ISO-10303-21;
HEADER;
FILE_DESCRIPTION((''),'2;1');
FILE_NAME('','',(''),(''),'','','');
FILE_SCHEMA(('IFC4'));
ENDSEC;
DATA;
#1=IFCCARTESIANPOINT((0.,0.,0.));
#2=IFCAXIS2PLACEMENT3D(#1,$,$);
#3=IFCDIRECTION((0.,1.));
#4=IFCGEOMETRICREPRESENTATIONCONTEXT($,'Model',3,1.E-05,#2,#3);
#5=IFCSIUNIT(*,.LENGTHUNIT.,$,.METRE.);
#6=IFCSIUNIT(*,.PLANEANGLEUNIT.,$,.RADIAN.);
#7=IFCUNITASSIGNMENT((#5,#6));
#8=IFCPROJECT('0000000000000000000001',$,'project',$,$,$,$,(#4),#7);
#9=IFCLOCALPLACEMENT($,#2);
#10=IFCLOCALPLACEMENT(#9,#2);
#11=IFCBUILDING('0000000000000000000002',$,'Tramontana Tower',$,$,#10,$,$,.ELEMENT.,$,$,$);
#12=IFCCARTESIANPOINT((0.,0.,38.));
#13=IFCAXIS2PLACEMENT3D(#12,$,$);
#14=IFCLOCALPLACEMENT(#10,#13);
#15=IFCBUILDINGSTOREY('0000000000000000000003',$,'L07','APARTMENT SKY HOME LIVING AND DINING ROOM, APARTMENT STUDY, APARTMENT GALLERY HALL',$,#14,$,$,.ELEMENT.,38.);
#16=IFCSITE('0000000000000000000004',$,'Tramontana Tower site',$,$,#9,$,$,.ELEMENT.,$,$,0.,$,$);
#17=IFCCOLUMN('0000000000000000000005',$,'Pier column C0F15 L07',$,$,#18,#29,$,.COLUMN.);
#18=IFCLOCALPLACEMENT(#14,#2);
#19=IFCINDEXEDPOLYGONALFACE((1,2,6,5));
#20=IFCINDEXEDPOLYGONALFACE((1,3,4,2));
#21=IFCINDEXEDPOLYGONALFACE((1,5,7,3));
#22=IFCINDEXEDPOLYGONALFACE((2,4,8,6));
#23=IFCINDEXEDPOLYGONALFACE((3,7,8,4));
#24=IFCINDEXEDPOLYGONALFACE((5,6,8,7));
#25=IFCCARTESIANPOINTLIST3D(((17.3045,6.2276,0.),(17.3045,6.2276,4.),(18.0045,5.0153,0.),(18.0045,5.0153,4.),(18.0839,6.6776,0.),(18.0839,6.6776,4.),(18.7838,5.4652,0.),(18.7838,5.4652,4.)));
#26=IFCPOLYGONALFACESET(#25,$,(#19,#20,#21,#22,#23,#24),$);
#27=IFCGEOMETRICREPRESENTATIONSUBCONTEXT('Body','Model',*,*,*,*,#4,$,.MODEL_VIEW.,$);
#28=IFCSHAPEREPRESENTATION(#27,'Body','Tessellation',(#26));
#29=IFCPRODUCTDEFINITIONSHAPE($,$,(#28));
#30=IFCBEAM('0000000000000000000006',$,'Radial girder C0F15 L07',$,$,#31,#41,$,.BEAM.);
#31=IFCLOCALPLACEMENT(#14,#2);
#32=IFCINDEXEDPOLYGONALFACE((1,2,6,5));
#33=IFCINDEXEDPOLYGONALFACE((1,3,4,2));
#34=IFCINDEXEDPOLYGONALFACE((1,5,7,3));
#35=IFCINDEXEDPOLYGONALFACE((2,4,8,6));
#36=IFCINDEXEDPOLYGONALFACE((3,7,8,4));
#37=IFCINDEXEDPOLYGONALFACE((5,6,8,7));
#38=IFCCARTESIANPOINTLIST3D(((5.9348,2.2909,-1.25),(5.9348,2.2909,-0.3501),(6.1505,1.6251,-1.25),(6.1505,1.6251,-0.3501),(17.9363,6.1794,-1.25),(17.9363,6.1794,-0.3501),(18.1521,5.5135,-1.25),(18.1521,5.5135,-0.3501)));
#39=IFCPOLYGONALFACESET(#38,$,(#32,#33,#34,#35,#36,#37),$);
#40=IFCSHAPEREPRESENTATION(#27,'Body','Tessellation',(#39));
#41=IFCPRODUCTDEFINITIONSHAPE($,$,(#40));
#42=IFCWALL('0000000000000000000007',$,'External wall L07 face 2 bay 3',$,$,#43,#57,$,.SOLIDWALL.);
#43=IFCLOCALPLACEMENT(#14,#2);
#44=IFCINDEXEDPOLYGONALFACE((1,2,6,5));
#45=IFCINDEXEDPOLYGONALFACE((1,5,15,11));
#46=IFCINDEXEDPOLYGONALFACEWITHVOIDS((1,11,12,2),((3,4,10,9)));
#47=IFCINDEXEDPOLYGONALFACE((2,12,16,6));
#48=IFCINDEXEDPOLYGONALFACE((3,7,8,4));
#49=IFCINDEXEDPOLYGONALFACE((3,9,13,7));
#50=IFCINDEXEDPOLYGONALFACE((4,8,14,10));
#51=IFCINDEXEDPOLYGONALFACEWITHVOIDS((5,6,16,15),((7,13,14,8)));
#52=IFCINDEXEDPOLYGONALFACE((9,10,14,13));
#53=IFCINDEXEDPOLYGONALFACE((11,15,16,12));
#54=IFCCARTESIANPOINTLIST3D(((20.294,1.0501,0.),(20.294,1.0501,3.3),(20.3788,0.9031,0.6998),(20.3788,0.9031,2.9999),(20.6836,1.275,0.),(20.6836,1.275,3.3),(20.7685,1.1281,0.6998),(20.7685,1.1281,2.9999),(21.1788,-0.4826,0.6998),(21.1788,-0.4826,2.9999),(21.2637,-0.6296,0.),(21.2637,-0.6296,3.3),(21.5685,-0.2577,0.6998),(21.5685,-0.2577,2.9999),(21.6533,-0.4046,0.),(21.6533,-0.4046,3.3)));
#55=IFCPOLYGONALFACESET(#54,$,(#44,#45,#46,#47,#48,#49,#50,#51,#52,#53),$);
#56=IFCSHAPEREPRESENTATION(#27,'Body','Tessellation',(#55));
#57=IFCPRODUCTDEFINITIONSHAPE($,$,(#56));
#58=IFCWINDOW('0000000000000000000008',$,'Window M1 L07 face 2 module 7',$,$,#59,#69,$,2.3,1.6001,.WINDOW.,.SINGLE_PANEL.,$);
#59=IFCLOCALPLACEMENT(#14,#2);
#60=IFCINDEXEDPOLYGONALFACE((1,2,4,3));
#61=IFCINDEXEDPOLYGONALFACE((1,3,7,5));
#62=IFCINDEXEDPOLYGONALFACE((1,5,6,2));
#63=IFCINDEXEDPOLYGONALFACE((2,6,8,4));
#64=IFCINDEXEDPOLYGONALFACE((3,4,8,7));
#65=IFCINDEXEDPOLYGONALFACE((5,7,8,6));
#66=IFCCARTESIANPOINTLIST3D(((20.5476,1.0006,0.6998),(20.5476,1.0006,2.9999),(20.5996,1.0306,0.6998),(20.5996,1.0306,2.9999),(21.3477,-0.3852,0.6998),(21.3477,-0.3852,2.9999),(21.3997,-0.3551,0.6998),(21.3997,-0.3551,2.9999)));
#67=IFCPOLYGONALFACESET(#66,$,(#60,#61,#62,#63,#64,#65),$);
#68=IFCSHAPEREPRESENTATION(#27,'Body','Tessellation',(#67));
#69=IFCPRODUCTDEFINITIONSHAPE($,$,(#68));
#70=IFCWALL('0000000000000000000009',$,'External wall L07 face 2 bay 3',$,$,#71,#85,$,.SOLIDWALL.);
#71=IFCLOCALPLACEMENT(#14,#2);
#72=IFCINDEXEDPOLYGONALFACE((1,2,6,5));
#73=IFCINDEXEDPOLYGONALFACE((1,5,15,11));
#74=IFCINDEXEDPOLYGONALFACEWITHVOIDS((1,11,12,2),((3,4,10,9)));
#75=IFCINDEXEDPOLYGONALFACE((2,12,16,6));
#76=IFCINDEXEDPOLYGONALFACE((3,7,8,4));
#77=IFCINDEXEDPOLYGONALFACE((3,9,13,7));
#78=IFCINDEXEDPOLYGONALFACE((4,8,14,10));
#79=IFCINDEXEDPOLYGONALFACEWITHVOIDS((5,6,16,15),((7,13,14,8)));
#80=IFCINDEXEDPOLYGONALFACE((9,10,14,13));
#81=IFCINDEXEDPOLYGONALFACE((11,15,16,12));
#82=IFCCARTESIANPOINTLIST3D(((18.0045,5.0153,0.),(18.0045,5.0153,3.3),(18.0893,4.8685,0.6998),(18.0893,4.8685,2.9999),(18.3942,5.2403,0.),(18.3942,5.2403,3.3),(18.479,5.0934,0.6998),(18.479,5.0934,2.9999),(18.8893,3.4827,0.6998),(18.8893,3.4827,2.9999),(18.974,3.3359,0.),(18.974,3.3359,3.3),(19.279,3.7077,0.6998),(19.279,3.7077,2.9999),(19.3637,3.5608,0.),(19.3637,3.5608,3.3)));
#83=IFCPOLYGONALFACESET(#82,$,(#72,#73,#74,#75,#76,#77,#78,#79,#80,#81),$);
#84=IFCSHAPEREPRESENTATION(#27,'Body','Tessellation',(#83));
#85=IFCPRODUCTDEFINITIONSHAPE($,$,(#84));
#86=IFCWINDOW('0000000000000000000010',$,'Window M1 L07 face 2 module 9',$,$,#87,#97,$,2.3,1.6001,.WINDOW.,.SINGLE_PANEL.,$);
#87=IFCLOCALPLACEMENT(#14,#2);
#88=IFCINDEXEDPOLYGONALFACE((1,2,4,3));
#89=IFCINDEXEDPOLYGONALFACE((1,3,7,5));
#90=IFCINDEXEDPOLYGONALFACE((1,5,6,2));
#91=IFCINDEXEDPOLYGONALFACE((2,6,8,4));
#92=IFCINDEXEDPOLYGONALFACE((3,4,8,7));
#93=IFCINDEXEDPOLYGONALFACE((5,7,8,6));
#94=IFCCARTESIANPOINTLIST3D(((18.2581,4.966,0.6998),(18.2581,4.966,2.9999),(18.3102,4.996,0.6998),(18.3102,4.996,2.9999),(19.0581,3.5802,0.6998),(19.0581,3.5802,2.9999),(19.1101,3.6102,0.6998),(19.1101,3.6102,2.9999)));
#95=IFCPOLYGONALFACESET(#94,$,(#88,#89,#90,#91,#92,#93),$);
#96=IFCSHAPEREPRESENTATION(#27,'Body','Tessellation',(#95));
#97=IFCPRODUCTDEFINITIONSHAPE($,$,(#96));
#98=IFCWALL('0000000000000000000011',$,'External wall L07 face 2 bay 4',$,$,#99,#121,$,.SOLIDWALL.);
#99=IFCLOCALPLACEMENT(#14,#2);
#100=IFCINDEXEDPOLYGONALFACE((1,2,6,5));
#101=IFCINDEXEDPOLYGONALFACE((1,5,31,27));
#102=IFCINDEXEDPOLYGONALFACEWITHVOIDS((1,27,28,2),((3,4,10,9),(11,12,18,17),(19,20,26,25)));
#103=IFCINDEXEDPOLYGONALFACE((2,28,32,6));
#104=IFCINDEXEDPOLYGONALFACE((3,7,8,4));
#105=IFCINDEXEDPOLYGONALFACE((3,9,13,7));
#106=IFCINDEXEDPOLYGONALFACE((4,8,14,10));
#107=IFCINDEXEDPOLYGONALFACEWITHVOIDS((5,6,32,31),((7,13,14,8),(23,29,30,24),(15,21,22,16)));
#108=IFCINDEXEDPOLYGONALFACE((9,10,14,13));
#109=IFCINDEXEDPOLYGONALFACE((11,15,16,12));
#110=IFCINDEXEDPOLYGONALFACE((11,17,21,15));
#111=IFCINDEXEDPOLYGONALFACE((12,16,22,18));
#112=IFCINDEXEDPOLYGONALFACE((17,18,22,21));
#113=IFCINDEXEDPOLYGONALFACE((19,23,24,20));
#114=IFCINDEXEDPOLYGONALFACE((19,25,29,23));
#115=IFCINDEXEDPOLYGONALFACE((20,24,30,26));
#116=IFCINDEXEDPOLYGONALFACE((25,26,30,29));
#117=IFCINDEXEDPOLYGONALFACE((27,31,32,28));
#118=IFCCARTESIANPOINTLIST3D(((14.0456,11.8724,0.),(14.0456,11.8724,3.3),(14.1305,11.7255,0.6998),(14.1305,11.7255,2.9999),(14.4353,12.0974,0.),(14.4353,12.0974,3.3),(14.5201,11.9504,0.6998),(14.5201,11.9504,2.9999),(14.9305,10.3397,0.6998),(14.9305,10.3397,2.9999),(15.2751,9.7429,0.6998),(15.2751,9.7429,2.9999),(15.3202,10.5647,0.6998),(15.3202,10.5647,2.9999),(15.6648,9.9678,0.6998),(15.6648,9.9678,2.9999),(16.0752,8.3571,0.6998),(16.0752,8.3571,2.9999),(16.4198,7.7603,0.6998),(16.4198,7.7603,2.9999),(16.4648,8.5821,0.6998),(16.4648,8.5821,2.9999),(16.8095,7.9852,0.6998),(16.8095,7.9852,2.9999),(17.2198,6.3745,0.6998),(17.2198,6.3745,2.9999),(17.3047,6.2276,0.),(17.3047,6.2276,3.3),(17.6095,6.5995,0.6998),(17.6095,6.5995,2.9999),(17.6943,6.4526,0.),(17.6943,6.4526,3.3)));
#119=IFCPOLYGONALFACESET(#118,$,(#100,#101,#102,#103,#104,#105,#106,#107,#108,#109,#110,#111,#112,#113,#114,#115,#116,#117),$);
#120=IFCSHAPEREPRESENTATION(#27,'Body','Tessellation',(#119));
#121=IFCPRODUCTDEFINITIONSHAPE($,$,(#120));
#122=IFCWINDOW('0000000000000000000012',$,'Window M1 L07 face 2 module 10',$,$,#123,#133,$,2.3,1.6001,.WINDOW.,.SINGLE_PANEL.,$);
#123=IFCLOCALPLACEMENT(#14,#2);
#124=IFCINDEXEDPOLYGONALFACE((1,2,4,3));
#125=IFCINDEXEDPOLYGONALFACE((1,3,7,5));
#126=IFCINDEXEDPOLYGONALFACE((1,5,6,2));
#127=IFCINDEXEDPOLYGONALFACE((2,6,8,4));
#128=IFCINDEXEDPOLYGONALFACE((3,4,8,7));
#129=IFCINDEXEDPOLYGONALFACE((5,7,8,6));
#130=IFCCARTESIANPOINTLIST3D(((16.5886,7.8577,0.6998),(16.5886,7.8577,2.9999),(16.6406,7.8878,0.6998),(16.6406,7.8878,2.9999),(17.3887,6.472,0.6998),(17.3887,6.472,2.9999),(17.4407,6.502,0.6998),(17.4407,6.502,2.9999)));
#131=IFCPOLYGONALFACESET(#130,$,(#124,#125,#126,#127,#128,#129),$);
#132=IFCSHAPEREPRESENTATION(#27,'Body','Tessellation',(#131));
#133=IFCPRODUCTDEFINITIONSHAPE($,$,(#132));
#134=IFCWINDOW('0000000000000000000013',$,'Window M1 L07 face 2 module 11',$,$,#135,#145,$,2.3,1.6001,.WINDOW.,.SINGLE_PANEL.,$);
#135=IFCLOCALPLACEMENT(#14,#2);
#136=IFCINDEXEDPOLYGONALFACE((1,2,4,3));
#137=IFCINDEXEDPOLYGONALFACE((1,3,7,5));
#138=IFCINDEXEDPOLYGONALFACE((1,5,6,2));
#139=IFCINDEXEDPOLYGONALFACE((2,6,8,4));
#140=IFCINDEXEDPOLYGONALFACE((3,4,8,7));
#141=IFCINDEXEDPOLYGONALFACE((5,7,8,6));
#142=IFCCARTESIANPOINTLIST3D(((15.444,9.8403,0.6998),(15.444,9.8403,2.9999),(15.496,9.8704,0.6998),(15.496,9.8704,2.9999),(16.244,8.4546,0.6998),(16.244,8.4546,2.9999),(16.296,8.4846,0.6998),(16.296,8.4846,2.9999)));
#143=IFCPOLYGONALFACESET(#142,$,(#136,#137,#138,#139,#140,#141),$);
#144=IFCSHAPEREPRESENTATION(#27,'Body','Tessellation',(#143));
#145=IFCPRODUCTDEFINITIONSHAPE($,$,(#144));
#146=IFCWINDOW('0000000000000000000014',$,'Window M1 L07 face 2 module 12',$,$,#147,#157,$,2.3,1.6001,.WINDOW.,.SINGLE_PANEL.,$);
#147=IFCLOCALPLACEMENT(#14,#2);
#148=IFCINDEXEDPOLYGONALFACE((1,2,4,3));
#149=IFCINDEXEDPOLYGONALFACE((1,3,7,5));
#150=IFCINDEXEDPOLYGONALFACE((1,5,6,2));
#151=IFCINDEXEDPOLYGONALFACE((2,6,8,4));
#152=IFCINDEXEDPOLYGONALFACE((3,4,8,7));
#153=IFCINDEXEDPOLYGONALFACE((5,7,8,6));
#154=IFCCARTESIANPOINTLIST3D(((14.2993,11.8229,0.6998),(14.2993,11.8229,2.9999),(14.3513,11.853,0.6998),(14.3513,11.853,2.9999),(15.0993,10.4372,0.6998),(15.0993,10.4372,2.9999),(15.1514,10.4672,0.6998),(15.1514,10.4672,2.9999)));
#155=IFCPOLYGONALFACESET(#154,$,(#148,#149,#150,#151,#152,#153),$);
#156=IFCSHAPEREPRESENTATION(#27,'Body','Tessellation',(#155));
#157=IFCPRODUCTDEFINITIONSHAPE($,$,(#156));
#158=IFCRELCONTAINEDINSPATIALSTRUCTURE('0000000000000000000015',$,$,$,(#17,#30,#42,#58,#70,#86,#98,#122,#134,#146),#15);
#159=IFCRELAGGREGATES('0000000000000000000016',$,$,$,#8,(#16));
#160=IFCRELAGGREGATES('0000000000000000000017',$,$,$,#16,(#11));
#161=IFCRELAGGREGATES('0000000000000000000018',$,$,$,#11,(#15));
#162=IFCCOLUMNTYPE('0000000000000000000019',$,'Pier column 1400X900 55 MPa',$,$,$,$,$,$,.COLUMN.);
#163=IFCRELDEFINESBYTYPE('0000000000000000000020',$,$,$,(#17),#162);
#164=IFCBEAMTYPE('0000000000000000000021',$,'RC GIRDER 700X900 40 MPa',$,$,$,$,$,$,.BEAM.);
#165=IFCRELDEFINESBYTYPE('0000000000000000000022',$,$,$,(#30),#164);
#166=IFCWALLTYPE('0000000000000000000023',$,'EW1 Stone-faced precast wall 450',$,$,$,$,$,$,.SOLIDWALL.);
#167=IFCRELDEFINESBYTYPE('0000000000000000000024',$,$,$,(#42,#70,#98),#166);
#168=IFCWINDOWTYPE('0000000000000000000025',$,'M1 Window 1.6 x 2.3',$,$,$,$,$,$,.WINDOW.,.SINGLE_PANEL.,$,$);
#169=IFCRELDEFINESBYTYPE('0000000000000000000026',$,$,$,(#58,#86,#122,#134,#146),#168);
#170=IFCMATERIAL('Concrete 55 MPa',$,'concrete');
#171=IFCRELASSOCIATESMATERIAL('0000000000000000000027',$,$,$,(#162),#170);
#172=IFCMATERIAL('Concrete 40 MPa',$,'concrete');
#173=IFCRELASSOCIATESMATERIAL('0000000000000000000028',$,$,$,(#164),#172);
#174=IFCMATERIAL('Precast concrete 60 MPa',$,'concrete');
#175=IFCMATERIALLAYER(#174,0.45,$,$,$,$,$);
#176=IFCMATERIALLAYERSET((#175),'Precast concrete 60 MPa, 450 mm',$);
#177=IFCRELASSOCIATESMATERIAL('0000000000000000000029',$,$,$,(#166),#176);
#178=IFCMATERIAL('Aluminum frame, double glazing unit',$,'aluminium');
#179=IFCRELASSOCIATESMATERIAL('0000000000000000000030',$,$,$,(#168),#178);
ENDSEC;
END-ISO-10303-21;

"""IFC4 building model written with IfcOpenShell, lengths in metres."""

from ifc_helpers import new_model, si_unit, direction, frame, frame_2d, origin, origin_2d, place, context, subcontext, project, spatial, rectangle, extrude, material, layer, layer_set, material_profile, profile_set, type_object, element, fill, save


model = new_model("IFC4")

# Units and contexts
model_context = context("Model", 3, precision=1e-05, world=origin(), true_north=direction((0.0, 1.0)))
body_context = subcontext(model_context, "Body", "Model", "MODEL_VIEW")
ifc_project = project(units=[si_unit("LENGTHUNIT", "METRE"), si_unit("PLANEANGLEUNIT", "RADIAN")], contexts=[model_context])

# Site, building, storey
site_placement = place(None, origin())
site = spatial("IfcSite", under=ifc_project, at=site_placement, Name="Tramontana Tower site", CompositionType="ELEMENT", RefElevation=0.0)
building_placement = place(site_placement, origin())
building = spatial("IfcBuilding", under=site, at=building_placement, Name="Tramontana Tower", CompositionType="ELEMENT")
storey_placement = place(building_placement, frame((0.0, 0.0, 38.0)))
storey = spatial("IfcBuildingStorey", under=building, at=storey_placement, Name="L07", Description="APARTMENT SKY HOME LIVING AND DINING ROOM, APARTMENT STUDY, APARTMENT GALLERY HALL", CompositionType="ELEMENT", Elevation=38.0)

# Column
ifc_material_1 = material(Name="Concrete 55 MPa", Category="concrete")
ifc_material_profile_1 = material_profile(ifc_material_1, rectangle(XDim=1.3999, YDim=0.8999, at=origin_2d()), Name="Pier column 1400X900 55 MPa")
ifc_profile_set_1 = profile_set([ifc_material_profile_1], Name="Concrete 55 MPa")
column_type = type_object("IfcColumnType", Name="Pier column 1400X900 55 MPa", PredefinedType="COLUMN", material=ifc_profile_set_1)
column_placement = place(storey_placement, frame((18.0442, 5.8464, 0.0), z_axis=(0.0, 0.0, 1.0), x_axis=(-0.5, 0.866025, 0.0)))
element("IfcColumn", 1, at=column_placement, inside=storey, type_object=column_type, Name="Pier column C0F15 L07", PredefinedType="COLUMN", context=body_context, shape_type="SweptSolid", body=[
    extrude(rectangle(XDim=1.3999, YDim=0.8999, at=origin_2d()), origin(), (0.0, 0.0, 1.0), 4.0),
])

# Beam
ifc_material_2 = material(Name="Concrete 40 MPa", Category="concrete")
ifc_material_profile_2 = material_profile(ifc_material_2, rectangle(XDim=0.7, YDim=0.8999, at=origin_2d()), Name="RC GIRDER 700X900 40 MPa")
ifc_profile_set_2 = profile_set([ifc_material_profile_2], Name="Concrete 40 MPa")
beam_type = type_object("IfcBeamType", Name="RC GIRDER 700X900 40 MPa", PredefinedType="BEAM", material=ifc_profile_set_2)
beam_placement = place(storey_placement, frame((18.0442, 5.8464, -0.8), z_axis=(-0.951314, -0.308222, 0.0), x_axis=(0.308222, -0.951314, 0.0)))
element("IfcBeam", 2, at=beam_placement, inside=storey, type_object=beam_type, Name="Radial girder C0F15 L07", PredefinedType="BEAM", context=body_context, shape_type="SweptSolid", body=[
    extrude(rectangle(XDim=0.7, YDim=0.8999, at=origin_2d()), origin(), (0.0, 0.0, 1.0), 12.6157),
])

# Walls, openings, windows
ifc_material_3 = material(Name="Precast concrete 60 MPa", Category="concrete")
ifc_layer_1 = layer(ifc_material_3, 0.45)
ifc_layer_set_1 = layer_set([ifc_layer_1], Name="Precast concrete 60 MPa, 450 mm")
wall_type_1 = type_object("IfcWallType", Name="EW1 Stone-faced precast wall 450", PredefinedType="SOLIDWALL", material=ifc_layer_set_1)
wall_1_placement = place(storey_placement, frame((21.4585, -0.5171, 0.0), z_axis=(0.0, 0.0, 1.0), x_axis=(-0.499984, 0.866035, 0.0)))
wall_1 = element("IfcWall", 3, at=wall_1_placement, inside=storey, type_object=wall_type_1, Name="External wall L07 face 2 bay 3", PredefinedType="SOLIDWALL", context=body_context, shape_type="SweptSolid", body=[
    extrude(rectangle(XDim=1.9395, YDim=0.45, at=frame_2d((0.9697, 0.0))), origin(), (0.0, 0.0, 1.0), 3.3),
])
opening_1_placement = place(wall_1_placement, frame((0.1697, 0.0, 0.7)))
opening_1 = element("IfcOpeningElement", 4, at=opening_1_placement, cuts=wall_1, PredefinedType="OPENING", context=body_context, shape_type="SweptSolid", body=[
    extrude(rectangle(XDim=1.6001, YDim=2.3, at=frame_2d((0.8, 1.1499))), frame((0.0, 0.2349, 0.0), z_axis=(0.0, -1.0, 0.0), x_axis=(1.0, 0.0, 0.0)), (0.0, 0.0, 1.0), 0.47),
])
ifc_material_4 = material(Name="Aluminum frame, double glazing unit", Category="aluminium")
window_type = type_object("IfcWindowType", Name="M1 Window 1.6 x 2.3", PartitioningType="SINGLE_PANEL", PredefinedType="WINDOW", material=ifc_material_4)
window_1_placement = place(opening_1_placement, origin())
window_1 = element("IfcWindow", 5, at=window_1_placement, inside=storey, type_object=window_type, Name="Window M1 L07 face 2 module 7", OverallHeight=2.3, OverallWidth=1.6001, PartitioningType="SINGLE_PANEL", PredefinedType="WINDOW", context=body_context, shape_type="SweptSolid", body=[
    extrude(rectangle(XDim=1.6001, YDim=2.3, at=frame_2d((0.8, 1.1499))), frame((0.0, 0.03, 0.0), z_axis=(0.0, -1.0, 0.0), x_axis=(1.0, 0.0, 0.0)), (0.0, 0.0, 1.0), 0.0601),
])
fill(opening_1, window_1)
wall_2_placement = place(storey_placement, frame((19.1689, 3.4482, 0.0), z_axis=(0.0, 0.0, 1.0), x_axis=(-0.499944, 0.866058, 0.0)))
wall_2 = element("IfcWall", 6, at=wall_2_placement, inside=storey, type_object=wall_type_1, Name="External wall L07 face 2 bay 3", PredefinedType="SOLIDWALL", context=body_context, shape_type="SweptSolid", body=[
    extrude(rectangle(XDim=1.9392, YDim=0.45, at=frame_2d((0.9697, 0.0))), origin(), (0.0, 0.0, 1.0), 3.3),
])
opening_2_placement = place(wall_2_placement, frame((0.1697, 0.0, 0.7)))
opening_2 = element("IfcOpeningElement", 7, at=opening_2_placement, cuts=wall_2, PredefinedType="OPENING", context=body_context, shape_type="SweptSolid", body=[
    extrude(rectangle(XDim=1.6001, YDim=2.3, at=frame_2d((0.8, 1.1499))), frame((0.0, 0.2349, 0.0), z_axis=(0.0, -1.0, 0.0), x_axis=(1.0, 0.0, 0.0)), (0.0, 0.0, 1.0), 0.47),
])
window_2_placement = place(opening_2_placement, origin())
window_2 = element("IfcWindow", 8, at=window_2_placement, inside=storey, type_object=window_type, Name="Window M1 L07 face 2 module 9", OverallHeight=2.3, OverallWidth=1.6001, PartitioningType="SINGLE_PANEL", PredefinedType="WINDOW", context=body_context, shape_type="SweptSolid", body=[
    extrude(rectangle(XDim=1.6001, YDim=2.3, at=frame_2d((0.8, 1.1499))), frame((0.0, 0.03, 0.0), z_axis=(0.0, -1.0, 0.0), x_axis=(1.0, 0.0, 0.0)), (0.0, 0.0, 1.0), 0.0601),
])
fill(opening_2, window_2)

# Wall, openings, windows
wall_3_placement = place(storey_placement, frame((17.4995, 6.3401, 0.0), z_axis=(0.0, 0.0, 1.0), x_axis=(-0.500002, 0.866024, 0.0)))
wall_3 = element("IfcWall", 9, at=wall_3_placement, inside=storey, type_object=wall_type_1, Name="External wall L07 face 2 bay 4", PredefinedType="SOLIDWALL", context=body_context, shape_type="SweptSolid", body=[
    extrude(rectangle(XDim=6.5181, YDim=0.45, at=frame_2d((3.259, 0.0))), origin(), (0.0, 0.0, 1.0), 3.3),
])
opening_3_placement = place(wall_3_placement, frame((0.1697, 0.0, 0.7)))
opening_3 = element("IfcOpeningElement", 10, at=opening_3_placement, cuts=wall_3, PredefinedType="OPENING", context=body_context, shape_type="SweptSolid", body=[
    extrude(rectangle(XDim=1.6001, YDim=2.3, at=frame_2d((0.8, 1.1499))), frame((0.0, 0.2349, 0.0), z_axis=(0.0, -1.0, 0.0), x_axis=(1.0, 0.0, 0.0)), (0.0, 0.0, 1.0), 0.47),
])
opening_4_placement = place(wall_3_placement, frame((2.459, 0.0, 0.7)))
opening_4 = element("IfcOpeningElement", 11, at=opening_4_placement, cuts=wall_3, PredefinedType="OPENING", context=body_context, shape_type="SweptSolid", body=[
    extrude(rectangle(XDim=1.6001, YDim=2.3, at=frame_2d((0.8, 1.1499))), frame((0.0, 0.2349, 0.0), z_axis=(0.0, -1.0, 0.0), x_axis=(1.0, 0.0, 0.0)), (0.0, 0.0, 1.0), 0.47),
])
opening_5_placement = place(wall_3_placement, frame((4.7483, 0.0, 0.7)))
opening_5 = element("IfcOpeningElement", 12, at=opening_5_placement, cuts=wall_3, PredefinedType="OPENING", context=body_context, shape_type="SweptSolid", body=[
    extrude(rectangle(XDim=1.6001, YDim=2.3, at=frame_2d((0.8, 1.1499))), frame((0.0, 0.2349, 0.0), z_axis=(0.0, -1.0, 0.0), x_axis=(1.0, 0.0, 0.0)), (0.0, 0.0, 1.0), 0.47),
])
window_3_placement = place(opening_3_placement, origin())
window_3 = element("IfcWindow", 13, at=window_3_placement, inside=storey, type_object=window_type, Name="Window M1 L07 face 2 module 10", OverallHeight=2.3, OverallWidth=1.6001, PartitioningType="SINGLE_PANEL", PredefinedType="WINDOW", context=body_context, shape_type="SweptSolid", body=[
    extrude(rectangle(XDim=1.6001, YDim=2.3, at=frame_2d((0.8, 1.1499))), frame((0.0, 0.03, 0.0), z_axis=(0.0, -1.0, 0.0), x_axis=(1.0, 0.0, 0.0)), (0.0, 0.0, 1.0), 0.0601),
])
fill(opening_3, window_3)
window_4_placement = place(opening_4_placement, origin())
window_4 = element("IfcWindow", 14, at=window_4_placement, inside=storey, type_object=window_type, Name="Window M1 L07 face 2 module 11", OverallHeight=2.3, OverallWidth=1.6001, PartitioningType="SINGLE_PANEL", PredefinedType="WINDOW", context=body_context, shape_type="SweptSolid", body=[
    extrude(rectangle(XDim=1.6001, YDim=2.3, at=frame_2d((0.8, 1.1499))), frame((0.0, 0.03, 0.0), z_axis=(0.0, -1.0, 0.0), x_axis=(1.0, 0.0, 0.0)), (0.0, 0.0, 1.0), 0.0601),
])
fill(opening_4, window_4)
window_5_placement = place(opening_5_placement, origin())
window_5 = element("IfcWindow", 15, at=window_5_placement, inside=storey, type_object=window_type, Name="Window M1 L07 face 2 module 12", OverallHeight=2.3, OverallWidth=1.6001, PartitioningType="SINGLE_PANEL", PredefinedType="WINDOW", context=body_context, shape_type="SweptSolid", body=[
    extrude(rectangle(XDim=1.6001, YDim=2.3, at=frame_2d((0.8, 1.1499))), frame((0.0, 0.03, 0.0), z_axis=(0.0, -1.0, 0.0), x_axis=(1.0, 0.0, 0.0)), (0.0, 0.0, 1.0), 0.0601),
])
fill(opening_5, window_5)

save(model, "model.ifc")
